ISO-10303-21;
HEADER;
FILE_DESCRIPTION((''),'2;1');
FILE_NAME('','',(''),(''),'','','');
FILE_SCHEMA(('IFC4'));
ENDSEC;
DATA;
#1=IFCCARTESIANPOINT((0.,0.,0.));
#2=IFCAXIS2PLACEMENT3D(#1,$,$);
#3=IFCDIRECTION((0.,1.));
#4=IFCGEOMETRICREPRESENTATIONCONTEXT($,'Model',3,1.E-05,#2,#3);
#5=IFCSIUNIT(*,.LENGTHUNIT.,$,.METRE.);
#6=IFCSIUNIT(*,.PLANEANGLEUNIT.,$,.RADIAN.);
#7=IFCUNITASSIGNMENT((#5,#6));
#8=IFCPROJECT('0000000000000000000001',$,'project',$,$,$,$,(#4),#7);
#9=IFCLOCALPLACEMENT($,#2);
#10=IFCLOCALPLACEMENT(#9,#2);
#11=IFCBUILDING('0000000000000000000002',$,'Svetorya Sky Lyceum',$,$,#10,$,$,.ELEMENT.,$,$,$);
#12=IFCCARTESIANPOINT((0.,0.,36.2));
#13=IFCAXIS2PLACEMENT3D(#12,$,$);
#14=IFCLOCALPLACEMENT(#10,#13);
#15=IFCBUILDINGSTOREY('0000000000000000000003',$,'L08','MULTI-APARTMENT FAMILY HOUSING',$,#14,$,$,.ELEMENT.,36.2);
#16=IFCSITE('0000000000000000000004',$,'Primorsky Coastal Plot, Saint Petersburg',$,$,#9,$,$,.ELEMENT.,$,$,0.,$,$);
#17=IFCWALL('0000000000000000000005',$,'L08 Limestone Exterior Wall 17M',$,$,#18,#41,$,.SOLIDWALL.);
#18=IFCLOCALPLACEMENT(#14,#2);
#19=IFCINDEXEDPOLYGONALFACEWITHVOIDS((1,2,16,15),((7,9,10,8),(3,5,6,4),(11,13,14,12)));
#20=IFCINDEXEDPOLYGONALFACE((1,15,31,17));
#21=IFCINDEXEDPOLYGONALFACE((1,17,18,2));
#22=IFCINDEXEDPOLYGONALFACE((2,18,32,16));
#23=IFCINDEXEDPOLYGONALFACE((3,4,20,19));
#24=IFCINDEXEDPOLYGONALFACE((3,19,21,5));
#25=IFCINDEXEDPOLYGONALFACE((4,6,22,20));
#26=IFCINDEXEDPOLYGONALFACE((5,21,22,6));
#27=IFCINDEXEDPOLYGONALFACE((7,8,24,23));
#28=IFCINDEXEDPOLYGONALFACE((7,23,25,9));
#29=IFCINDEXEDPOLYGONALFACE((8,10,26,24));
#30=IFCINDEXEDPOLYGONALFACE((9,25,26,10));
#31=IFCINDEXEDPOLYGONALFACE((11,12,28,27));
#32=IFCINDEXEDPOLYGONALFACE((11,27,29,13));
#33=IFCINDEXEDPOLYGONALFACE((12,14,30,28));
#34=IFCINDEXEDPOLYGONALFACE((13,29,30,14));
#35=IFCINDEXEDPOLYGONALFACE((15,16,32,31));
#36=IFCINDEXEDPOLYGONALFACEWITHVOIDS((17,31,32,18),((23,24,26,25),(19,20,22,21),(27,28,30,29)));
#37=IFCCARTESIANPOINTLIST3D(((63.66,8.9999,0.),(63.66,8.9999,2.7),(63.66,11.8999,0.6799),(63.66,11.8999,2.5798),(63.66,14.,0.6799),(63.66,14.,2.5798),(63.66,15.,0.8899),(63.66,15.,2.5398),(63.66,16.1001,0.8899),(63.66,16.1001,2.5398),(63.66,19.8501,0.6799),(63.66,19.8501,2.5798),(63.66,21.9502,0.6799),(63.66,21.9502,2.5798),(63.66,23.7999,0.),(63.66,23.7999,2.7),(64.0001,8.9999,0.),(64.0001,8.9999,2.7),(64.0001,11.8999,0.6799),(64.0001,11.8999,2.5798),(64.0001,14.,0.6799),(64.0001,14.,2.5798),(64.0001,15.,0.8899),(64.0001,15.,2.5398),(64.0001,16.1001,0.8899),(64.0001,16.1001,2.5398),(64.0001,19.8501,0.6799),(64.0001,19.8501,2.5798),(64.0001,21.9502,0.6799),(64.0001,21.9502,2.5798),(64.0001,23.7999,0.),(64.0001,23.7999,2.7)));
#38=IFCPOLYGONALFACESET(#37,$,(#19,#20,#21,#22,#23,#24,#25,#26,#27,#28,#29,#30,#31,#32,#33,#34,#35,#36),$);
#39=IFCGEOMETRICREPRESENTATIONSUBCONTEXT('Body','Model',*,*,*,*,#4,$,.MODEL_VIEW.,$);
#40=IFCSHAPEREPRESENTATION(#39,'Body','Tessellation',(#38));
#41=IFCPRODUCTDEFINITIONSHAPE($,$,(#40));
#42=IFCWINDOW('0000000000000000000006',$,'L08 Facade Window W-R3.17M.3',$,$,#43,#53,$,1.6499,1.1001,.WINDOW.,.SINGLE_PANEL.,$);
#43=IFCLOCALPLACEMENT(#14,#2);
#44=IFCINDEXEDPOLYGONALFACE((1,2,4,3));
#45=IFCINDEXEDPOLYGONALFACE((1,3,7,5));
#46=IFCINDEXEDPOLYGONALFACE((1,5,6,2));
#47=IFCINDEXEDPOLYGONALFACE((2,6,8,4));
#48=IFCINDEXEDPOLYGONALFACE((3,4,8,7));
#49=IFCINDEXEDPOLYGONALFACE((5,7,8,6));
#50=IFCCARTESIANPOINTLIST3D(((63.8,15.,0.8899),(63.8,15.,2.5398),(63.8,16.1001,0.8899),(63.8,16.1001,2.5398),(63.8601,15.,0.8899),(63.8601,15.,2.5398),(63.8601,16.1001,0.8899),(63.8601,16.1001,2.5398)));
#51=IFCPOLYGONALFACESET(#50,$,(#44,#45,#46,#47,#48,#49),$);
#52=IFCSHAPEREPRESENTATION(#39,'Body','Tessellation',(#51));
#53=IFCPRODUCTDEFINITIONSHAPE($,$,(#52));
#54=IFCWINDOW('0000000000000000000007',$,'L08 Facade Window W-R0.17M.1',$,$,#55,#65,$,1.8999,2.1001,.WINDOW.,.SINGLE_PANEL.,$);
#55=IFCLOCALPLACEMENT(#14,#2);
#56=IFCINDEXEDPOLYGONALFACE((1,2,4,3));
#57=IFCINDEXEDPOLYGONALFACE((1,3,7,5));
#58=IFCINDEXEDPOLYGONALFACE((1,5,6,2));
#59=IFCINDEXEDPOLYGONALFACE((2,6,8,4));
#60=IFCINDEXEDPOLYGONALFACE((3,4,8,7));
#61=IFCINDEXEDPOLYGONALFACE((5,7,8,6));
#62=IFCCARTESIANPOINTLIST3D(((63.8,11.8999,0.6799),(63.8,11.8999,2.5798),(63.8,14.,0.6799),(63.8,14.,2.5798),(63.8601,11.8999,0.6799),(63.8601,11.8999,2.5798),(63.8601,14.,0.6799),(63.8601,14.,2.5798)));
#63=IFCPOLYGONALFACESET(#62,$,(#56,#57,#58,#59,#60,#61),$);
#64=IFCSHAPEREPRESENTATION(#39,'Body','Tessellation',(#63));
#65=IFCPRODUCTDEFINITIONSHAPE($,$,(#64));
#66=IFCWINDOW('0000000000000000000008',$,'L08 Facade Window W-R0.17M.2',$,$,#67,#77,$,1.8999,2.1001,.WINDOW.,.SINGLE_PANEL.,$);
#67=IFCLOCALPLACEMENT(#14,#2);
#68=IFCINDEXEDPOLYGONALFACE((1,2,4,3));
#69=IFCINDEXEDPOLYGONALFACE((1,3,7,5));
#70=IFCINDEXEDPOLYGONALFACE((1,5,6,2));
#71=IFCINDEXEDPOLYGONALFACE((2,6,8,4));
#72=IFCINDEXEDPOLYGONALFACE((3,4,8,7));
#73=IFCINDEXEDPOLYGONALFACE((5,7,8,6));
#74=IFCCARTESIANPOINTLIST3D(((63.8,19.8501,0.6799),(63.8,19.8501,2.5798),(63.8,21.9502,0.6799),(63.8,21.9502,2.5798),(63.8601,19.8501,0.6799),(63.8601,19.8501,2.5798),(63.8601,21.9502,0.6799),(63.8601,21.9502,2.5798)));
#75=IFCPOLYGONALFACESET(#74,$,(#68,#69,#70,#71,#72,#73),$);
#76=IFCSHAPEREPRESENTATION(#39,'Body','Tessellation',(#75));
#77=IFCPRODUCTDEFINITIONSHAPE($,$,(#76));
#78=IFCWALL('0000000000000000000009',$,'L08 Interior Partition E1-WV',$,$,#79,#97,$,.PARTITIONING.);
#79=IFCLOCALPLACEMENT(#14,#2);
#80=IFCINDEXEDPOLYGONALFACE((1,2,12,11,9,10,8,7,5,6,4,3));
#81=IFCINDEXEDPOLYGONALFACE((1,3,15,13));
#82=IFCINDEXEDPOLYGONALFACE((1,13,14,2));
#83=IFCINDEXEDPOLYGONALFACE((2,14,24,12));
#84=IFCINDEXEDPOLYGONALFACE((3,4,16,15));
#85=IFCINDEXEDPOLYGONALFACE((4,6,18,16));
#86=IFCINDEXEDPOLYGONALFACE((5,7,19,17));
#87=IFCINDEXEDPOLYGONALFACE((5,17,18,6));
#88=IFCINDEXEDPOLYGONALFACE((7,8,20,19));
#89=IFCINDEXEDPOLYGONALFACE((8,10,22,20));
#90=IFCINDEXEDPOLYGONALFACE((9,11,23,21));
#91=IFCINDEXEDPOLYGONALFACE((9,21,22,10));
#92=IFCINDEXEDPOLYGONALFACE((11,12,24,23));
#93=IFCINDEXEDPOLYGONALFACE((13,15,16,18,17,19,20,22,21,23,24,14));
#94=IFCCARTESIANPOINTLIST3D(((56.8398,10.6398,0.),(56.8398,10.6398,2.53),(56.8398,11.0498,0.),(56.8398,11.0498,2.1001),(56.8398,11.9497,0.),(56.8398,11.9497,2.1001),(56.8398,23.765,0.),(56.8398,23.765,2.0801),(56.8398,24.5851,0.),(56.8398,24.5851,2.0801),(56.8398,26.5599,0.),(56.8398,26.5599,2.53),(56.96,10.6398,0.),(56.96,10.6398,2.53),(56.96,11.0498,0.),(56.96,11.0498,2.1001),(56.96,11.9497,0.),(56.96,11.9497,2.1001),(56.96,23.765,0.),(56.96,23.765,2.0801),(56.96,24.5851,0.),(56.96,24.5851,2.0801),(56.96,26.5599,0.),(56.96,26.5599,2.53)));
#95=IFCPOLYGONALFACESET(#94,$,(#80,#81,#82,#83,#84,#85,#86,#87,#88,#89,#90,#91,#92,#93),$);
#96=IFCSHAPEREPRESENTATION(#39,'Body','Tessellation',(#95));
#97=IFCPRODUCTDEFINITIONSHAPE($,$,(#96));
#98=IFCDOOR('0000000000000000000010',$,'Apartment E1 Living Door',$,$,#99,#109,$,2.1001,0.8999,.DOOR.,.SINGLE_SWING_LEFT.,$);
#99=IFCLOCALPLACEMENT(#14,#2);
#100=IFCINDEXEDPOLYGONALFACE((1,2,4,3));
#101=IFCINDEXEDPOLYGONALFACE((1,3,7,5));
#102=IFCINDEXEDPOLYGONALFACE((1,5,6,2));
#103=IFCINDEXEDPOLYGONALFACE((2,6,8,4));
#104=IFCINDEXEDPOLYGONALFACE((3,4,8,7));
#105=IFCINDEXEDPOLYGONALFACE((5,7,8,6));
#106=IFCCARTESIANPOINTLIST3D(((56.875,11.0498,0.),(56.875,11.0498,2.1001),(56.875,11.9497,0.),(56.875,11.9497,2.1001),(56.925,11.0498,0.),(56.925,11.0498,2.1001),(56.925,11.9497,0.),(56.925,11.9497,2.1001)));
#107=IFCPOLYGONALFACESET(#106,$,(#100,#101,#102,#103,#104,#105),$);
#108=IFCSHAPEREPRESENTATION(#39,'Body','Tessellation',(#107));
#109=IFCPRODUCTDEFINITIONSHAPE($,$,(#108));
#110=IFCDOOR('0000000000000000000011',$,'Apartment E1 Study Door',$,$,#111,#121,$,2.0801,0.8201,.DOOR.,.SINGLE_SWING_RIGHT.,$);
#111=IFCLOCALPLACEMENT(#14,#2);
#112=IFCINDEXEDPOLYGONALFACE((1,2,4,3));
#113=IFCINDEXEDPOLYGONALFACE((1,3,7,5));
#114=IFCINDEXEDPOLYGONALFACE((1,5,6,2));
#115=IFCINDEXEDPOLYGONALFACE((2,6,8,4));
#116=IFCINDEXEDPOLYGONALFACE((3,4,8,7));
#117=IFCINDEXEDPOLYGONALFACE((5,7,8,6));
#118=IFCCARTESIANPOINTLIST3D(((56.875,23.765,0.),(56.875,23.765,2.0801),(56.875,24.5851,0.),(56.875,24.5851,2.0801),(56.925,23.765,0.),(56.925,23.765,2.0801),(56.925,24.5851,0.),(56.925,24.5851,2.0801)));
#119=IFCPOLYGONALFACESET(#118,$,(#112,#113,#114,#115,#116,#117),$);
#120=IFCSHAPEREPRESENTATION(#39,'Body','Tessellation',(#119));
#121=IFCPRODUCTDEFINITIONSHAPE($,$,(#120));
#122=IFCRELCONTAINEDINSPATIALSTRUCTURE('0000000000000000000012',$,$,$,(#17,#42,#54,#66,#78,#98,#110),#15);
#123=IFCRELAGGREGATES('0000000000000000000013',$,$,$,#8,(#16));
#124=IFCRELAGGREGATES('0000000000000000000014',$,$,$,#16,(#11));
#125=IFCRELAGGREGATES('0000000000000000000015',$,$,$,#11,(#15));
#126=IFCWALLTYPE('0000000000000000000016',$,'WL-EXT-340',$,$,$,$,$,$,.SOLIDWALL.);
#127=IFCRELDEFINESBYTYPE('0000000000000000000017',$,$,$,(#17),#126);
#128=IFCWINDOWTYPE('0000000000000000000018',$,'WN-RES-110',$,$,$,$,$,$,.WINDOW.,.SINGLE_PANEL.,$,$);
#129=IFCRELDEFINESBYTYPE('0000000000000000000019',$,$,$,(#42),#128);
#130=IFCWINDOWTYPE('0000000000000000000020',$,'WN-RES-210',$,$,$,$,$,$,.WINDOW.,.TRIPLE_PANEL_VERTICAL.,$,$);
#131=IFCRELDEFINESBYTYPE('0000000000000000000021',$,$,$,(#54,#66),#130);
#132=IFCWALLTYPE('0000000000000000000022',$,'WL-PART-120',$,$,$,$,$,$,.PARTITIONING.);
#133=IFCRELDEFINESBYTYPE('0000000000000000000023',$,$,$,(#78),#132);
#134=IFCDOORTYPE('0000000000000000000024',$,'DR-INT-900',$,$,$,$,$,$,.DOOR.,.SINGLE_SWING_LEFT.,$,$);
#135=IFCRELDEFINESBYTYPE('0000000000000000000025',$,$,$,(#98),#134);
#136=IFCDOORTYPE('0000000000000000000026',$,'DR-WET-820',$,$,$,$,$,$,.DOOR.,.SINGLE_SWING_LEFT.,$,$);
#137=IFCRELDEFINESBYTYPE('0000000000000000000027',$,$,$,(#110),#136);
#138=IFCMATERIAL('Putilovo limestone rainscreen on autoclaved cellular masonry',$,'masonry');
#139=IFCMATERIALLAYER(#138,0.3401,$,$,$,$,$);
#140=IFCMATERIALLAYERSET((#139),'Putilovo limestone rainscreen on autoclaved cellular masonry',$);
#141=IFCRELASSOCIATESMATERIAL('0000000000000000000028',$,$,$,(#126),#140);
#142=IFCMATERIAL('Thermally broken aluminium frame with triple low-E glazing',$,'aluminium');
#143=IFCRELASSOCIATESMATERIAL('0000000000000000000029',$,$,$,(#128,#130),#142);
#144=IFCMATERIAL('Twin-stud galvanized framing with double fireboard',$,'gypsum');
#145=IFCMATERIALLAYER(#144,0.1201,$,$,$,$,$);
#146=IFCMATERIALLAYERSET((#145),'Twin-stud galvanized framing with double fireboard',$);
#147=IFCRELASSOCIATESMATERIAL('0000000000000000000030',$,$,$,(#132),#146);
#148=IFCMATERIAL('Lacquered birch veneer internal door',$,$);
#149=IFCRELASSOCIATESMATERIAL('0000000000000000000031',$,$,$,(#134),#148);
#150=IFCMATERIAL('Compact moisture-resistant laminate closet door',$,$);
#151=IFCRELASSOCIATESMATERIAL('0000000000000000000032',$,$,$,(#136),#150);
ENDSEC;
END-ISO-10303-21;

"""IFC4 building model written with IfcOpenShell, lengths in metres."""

from ifc_helpers import new_model, si_unit, direction, frame, frame_2d, origin, place, context, subcontext, project, spatial, rectangle, extrude, material, layer, layer_set, type_object, element, fill, save


model = new_model("IFC4")

# Units and contexts
model_context = context("Model", 3, precision=1e-05, world=origin(), true_north=direction((0.0, 1.0)))
body_context = subcontext(model_context, "Body", "Model", "MODEL_VIEW")
ifc_project = project(units=[si_unit("LENGTHUNIT", "METRE"), si_unit("PLANEANGLEUNIT", "RADIAN")], contexts=[model_context])

# Site, building, storey
site_placement = place(None, origin())
site = spatial("IfcSite", under=ifc_project, at=site_placement, Name="Primorsky Coastal Plot, Saint Petersburg", CompositionType="ELEMENT", RefElevation=0.0)
building_placement = place(site_placement, origin())
building = spatial("IfcBuilding", under=site, at=building_placement, Name="Svetorya Sky Lyceum", CompositionType="ELEMENT")
storey_placement = place(building_placement, frame((0.0, 0.0, 36.2)))
storey = spatial("IfcBuildingStorey", under=building, at=storey_placement, Name="L08", Description="MULTI-APARTMENT FAMILY HOUSING", CompositionType="ELEMENT", Elevation=36.2)

# Shared definitions
ifc_material_1 = material(Name="Putilovo limestone rainscreen on autoclaved cellular masonry", Category="masonry")
ifc_layer_1 = layer(ifc_material_1, 0.3401)
ifc_layer_set_1 = layer_set([ifc_layer_1], Name="Putilovo limestone rainscreen on autoclaved cellular masonry")
wall_type_1 = type_object("IfcWallType", Name="WL-EXT-340", PredefinedType="SOLIDWALL", material=ifc_layer_set_1)

# Wall, openings, windows
wall_1_placement = place(storey_placement, frame((63.8301, 9.0, 0.0), z_axis=(0.0, 0.0, 1.0), x_axis=(0.0, 1.0, 0.0)))
wall_1 = element("IfcWall", 1, at=wall_1_placement, inside=storey, type_object=wall_type_1, Name="L08 Limestone Exterior Wall 17M", PredefinedType="SOLIDWALL", context=body_context, shape_type="SweptSolid", body=[
    extrude(rectangle(XDim=14.8, YDim=0.3401, at=frame_2d((7.3999, 0.0))), origin(), (0.0, 0.0, 1.0), 2.7),
])
opening_1_placement = place(wall_1_placement, frame((2.8999, 0.0, 0.6799)))
opening_1 = element("IfcOpeningElement", 2, at=opening_1_placement, cuts=wall_1, PredefinedType="OPENING", context=body_context, shape_type="SweptSolid", body=[
    extrude(rectangle(XDim=2.1001, YDim=1.8999, at=frame_2d((1.05, 0.95))), frame((0.0, 0.1799, 0.0), z_axis=(0.0, -1.0, 0.0), x_axis=(1.0, 0.0, 0.0)), (0.0, 0.0, 1.0), 0.3601),
])
opening_2_placement = place(wall_1_placement, frame((6.0, 0.0, 0.8899)))
opening_2 = element("IfcOpeningElement", 3, at=opening_2_placement, cuts=wall_1, PredefinedType="OPENING", context=body_context, shape_type="SweptSolid", body=[
    extrude(rectangle(XDim=1.1001, YDim=1.6499, at=frame_2d((0.55, 0.825))), frame((0.0, 0.1799, 0.0), z_axis=(0.0, -1.0, 0.0), x_axis=(1.0, 0.0, 0.0)), (0.0, 0.0, 1.0), 0.3601),
])
opening_3_placement = place(wall_1_placement, frame((10.8501, 0.0, 0.6799)))
opening_3 = element("IfcOpeningElement", 4, at=opening_3_placement, cuts=wall_1, PredefinedType="OPENING", context=body_context, shape_type="SweptSolid", body=[
    extrude(rectangle(XDim=2.1001, YDim=1.8999, at=frame_2d((1.05, 0.95))), frame((0.0, 0.1799, 0.0), z_axis=(0.0, -1.0, 0.0), x_axis=(1.0, 0.0, 0.0)), (0.0, 0.0, 1.0), 0.3601),
])
ifc_material_2 = material(Name="Thermally broken aluminium frame with triple low-E glazing", Category="aluminium")
window_type_1 = type_object("IfcWindowType", Name="WN-RES-110", PartitioningType="SINGLE_PANEL", PredefinedType="WINDOW", material=ifc_material_2)
window_1_placement = place(opening_2_placement, origin())
window_1 = element("IfcWindow", 5, at=window_1_placement, inside=storey, type_object=window_type_1, Name="L08 Facade Window W-R3.17M.3", OverallHeight=1.6499, OverallWidth=1.1001, PartitioningType="SINGLE_PANEL", PredefinedType="WINDOW", context=body_context, shape_type="SweptSolid", body=[
    extrude(rectangle(XDim=1.1001, YDim=1.6499, at=frame_2d((0.55, 0.825))), frame((0.0, 0.03, 0.0), z_axis=(0.0, -1.0, 0.0), x_axis=(1.0, 0.0, 0.0)), (0.0, 0.0, 1.0), 0.0601),
])
fill(opening_2, window_1)
window_type_2 = type_object("IfcWindowType", Name="WN-RES-210", PartitioningType="TRIPLE_PANEL_VERTICAL", PredefinedType="WINDOW", material=ifc_material_2)
window_2_placement = place(opening_1_placement, origin())
window_2 = element("IfcWindow", 6, at=window_2_placement, inside=storey, type_object=window_type_2, Name="L08 Facade Window W-R0.17M.1", OverallHeight=1.8999, OverallWidth=2.1001, PartitioningType="SINGLE_PANEL", PredefinedType="WINDOW", context=body_context, shape_type="SweptSolid", body=[
    extrude(rectangle(XDim=2.1001, YDim=1.8999, at=frame_2d((1.05, 0.95))), frame((0.0, 0.03, 0.0), z_axis=(0.0, -1.0, 0.0), x_axis=(1.0, 0.0, 0.0)), (0.0, 0.0, 1.0), 0.0601),
])
fill(opening_1, window_2)
window_3_placement = place(opening_3_placement, origin())
window_3 = element("IfcWindow", 7, at=window_3_placement, inside=storey, type_object=window_type_2, Name="L08 Facade Window W-R0.17M.2", OverallHeight=1.8999, OverallWidth=2.1001, PartitioningType="SINGLE_PANEL", PredefinedType="WINDOW", context=body_context, shape_type="SweptSolid", body=[
    extrude(rectangle(XDim=2.1001, YDim=1.8999, at=frame_2d((1.05, 0.95))), frame((0.0, 0.03, 0.0), z_axis=(0.0, -1.0, 0.0), x_axis=(1.0, 0.0, 0.0)), (0.0, 0.0, 1.0), 0.0601),
])
fill(opening_3, window_3)

# Wall, openings, doors
ifc_material_3 = material(Name="Twin-stud galvanized framing with double fireboard", Category="gypsum")
ifc_layer_2 = layer(ifc_material_3, 0.1201)
ifc_layer_set_2 = layer_set([ifc_layer_2], Name="Twin-stud galvanized framing with double fireboard")
wall_type_2 = type_object("IfcWallType", Name="WL-PART-120", PredefinedType="PARTITIONING", material=ifc_layer_set_2)
wall_2_placement = place(storey_placement, frame((56.8999, 10.6399, 0.0), z_axis=(0.0, 0.0, 1.0), x_axis=(0.0, 1.0, 0.0)))
wall_2 = element("IfcWall", 8, at=wall_2_placement, inside=storey, type_object=wall_type_2, Name="L08 Interior Partition E1-WV", PredefinedType="PARTITIONING", context=body_context, shape_type="SweptSolid", body=[
    extrude(rectangle(XDim=15.9202, YDim=0.1201, at=frame_2d((7.96, 0.0))), origin(), (0.0, 0.0, 1.0), 2.53),
])
opening_4_placement = place(wall_2_placement, frame((0.4099, 0.0, 0.0)))
opening_4 = element("IfcOpeningElement", 9, at=opening_4_placement, cuts=wall_2, PredefinedType="OPENING", context=body_context, shape_type="SweptSolid", body=[
    extrude(rectangle(XDim=0.8999, YDim=2.1001, at=frame_2d((0.45, 1.05))), frame((0.0, 0.0701, 0.0), z_axis=(0.0, -1.0, 0.0), x_axis=(1.0, 0.0, 0.0)), (0.0, 0.0, 1.0), 0.1401),
])
opening_5_placement = place(wall_2_placement, frame((13.125, 0.0, 0.0)))
opening_5 = element("IfcOpeningElement", 10, at=opening_5_placement, cuts=wall_2, PredefinedType="OPENING", context=body_context, shape_type="SweptSolid", body=[
    extrude(rectangle(XDim=0.8201, YDim=2.0801, at=frame_2d((0.4102, 1.04))), frame((0.0, 0.0701, 0.0), z_axis=(0.0, -1.0, 0.0), x_axis=(1.0, 0.0, 0.0)), (0.0, 0.0, 1.0), 0.1401),
])
ifc_material_4 = material(Name="Lacquered birch veneer internal door")
door_type_1 = type_object("IfcDoorType", Name="DR-INT-900", OperationType="SINGLE_SWING_LEFT", PredefinedType="DOOR", material=ifc_material_4)
door_1_placement = place(opening_4_placement, origin())
door_1 = element("IfcDoor", 11, at=door_1_placement, inside=storey, type_object=door_type_1, Name="Apartment E1 Living Door", OperationType="SINGLE_SWING_LEFT", OverallHeight=2.1001, OverallWidth=0.8999, PredefinedType="DOOR", context=body_context, shape_type="SweptSolid", body=[
    extrude(rectangle(XDim=0.8999, YDim=2.1001, at=frame_2d((0.45, 1.05))), frame((0.0, 0.0249, 0.0), z_axis=(0.0, -1.0, 0.0), x_axis=(1.0, 0.0, 0.0)), (0.0, 0.0, 1.0), 0.05),
])
fill(opening_4, door_1)
ifc_material_5 = material(Name="Compact moisture-resistant laminate closet door")
door_type_2 = type_object("IfcDoorType", Name="DR-WET-820", OperationType="SINGLE_SWING_LEFT", PredefinedType="DOOR", material=ifc_material_5)
door_2_placement = place(opening_5_placement, origin())
door_2 = element("IfcDoor", 12, at=door_2_placement, inside=storey, type_object=door_type_2, Name="Apartment E1 Study Door", OperationType="SINGLE_SWING_RIGHT", OverallHeight=2.0801, OverallWidth=0.8201, PredefinedType="DOOR", context=body_context, shape_type="SweptSolid", body=[
    extrude(rectangle(XDim=0.8201, YDim=2.0801, at=frame_2d((0.4102, 1.04))), frame((0.0, 0.0249, 0.0), z_axis=(0.0, -1.0, 0.0), x_axis=(1.0, 0.0, 0.0)), (0.0, 0.0, 1.0), 0.05),
])
fill(opening_5, door_2)

save(model, "model.ifc")
